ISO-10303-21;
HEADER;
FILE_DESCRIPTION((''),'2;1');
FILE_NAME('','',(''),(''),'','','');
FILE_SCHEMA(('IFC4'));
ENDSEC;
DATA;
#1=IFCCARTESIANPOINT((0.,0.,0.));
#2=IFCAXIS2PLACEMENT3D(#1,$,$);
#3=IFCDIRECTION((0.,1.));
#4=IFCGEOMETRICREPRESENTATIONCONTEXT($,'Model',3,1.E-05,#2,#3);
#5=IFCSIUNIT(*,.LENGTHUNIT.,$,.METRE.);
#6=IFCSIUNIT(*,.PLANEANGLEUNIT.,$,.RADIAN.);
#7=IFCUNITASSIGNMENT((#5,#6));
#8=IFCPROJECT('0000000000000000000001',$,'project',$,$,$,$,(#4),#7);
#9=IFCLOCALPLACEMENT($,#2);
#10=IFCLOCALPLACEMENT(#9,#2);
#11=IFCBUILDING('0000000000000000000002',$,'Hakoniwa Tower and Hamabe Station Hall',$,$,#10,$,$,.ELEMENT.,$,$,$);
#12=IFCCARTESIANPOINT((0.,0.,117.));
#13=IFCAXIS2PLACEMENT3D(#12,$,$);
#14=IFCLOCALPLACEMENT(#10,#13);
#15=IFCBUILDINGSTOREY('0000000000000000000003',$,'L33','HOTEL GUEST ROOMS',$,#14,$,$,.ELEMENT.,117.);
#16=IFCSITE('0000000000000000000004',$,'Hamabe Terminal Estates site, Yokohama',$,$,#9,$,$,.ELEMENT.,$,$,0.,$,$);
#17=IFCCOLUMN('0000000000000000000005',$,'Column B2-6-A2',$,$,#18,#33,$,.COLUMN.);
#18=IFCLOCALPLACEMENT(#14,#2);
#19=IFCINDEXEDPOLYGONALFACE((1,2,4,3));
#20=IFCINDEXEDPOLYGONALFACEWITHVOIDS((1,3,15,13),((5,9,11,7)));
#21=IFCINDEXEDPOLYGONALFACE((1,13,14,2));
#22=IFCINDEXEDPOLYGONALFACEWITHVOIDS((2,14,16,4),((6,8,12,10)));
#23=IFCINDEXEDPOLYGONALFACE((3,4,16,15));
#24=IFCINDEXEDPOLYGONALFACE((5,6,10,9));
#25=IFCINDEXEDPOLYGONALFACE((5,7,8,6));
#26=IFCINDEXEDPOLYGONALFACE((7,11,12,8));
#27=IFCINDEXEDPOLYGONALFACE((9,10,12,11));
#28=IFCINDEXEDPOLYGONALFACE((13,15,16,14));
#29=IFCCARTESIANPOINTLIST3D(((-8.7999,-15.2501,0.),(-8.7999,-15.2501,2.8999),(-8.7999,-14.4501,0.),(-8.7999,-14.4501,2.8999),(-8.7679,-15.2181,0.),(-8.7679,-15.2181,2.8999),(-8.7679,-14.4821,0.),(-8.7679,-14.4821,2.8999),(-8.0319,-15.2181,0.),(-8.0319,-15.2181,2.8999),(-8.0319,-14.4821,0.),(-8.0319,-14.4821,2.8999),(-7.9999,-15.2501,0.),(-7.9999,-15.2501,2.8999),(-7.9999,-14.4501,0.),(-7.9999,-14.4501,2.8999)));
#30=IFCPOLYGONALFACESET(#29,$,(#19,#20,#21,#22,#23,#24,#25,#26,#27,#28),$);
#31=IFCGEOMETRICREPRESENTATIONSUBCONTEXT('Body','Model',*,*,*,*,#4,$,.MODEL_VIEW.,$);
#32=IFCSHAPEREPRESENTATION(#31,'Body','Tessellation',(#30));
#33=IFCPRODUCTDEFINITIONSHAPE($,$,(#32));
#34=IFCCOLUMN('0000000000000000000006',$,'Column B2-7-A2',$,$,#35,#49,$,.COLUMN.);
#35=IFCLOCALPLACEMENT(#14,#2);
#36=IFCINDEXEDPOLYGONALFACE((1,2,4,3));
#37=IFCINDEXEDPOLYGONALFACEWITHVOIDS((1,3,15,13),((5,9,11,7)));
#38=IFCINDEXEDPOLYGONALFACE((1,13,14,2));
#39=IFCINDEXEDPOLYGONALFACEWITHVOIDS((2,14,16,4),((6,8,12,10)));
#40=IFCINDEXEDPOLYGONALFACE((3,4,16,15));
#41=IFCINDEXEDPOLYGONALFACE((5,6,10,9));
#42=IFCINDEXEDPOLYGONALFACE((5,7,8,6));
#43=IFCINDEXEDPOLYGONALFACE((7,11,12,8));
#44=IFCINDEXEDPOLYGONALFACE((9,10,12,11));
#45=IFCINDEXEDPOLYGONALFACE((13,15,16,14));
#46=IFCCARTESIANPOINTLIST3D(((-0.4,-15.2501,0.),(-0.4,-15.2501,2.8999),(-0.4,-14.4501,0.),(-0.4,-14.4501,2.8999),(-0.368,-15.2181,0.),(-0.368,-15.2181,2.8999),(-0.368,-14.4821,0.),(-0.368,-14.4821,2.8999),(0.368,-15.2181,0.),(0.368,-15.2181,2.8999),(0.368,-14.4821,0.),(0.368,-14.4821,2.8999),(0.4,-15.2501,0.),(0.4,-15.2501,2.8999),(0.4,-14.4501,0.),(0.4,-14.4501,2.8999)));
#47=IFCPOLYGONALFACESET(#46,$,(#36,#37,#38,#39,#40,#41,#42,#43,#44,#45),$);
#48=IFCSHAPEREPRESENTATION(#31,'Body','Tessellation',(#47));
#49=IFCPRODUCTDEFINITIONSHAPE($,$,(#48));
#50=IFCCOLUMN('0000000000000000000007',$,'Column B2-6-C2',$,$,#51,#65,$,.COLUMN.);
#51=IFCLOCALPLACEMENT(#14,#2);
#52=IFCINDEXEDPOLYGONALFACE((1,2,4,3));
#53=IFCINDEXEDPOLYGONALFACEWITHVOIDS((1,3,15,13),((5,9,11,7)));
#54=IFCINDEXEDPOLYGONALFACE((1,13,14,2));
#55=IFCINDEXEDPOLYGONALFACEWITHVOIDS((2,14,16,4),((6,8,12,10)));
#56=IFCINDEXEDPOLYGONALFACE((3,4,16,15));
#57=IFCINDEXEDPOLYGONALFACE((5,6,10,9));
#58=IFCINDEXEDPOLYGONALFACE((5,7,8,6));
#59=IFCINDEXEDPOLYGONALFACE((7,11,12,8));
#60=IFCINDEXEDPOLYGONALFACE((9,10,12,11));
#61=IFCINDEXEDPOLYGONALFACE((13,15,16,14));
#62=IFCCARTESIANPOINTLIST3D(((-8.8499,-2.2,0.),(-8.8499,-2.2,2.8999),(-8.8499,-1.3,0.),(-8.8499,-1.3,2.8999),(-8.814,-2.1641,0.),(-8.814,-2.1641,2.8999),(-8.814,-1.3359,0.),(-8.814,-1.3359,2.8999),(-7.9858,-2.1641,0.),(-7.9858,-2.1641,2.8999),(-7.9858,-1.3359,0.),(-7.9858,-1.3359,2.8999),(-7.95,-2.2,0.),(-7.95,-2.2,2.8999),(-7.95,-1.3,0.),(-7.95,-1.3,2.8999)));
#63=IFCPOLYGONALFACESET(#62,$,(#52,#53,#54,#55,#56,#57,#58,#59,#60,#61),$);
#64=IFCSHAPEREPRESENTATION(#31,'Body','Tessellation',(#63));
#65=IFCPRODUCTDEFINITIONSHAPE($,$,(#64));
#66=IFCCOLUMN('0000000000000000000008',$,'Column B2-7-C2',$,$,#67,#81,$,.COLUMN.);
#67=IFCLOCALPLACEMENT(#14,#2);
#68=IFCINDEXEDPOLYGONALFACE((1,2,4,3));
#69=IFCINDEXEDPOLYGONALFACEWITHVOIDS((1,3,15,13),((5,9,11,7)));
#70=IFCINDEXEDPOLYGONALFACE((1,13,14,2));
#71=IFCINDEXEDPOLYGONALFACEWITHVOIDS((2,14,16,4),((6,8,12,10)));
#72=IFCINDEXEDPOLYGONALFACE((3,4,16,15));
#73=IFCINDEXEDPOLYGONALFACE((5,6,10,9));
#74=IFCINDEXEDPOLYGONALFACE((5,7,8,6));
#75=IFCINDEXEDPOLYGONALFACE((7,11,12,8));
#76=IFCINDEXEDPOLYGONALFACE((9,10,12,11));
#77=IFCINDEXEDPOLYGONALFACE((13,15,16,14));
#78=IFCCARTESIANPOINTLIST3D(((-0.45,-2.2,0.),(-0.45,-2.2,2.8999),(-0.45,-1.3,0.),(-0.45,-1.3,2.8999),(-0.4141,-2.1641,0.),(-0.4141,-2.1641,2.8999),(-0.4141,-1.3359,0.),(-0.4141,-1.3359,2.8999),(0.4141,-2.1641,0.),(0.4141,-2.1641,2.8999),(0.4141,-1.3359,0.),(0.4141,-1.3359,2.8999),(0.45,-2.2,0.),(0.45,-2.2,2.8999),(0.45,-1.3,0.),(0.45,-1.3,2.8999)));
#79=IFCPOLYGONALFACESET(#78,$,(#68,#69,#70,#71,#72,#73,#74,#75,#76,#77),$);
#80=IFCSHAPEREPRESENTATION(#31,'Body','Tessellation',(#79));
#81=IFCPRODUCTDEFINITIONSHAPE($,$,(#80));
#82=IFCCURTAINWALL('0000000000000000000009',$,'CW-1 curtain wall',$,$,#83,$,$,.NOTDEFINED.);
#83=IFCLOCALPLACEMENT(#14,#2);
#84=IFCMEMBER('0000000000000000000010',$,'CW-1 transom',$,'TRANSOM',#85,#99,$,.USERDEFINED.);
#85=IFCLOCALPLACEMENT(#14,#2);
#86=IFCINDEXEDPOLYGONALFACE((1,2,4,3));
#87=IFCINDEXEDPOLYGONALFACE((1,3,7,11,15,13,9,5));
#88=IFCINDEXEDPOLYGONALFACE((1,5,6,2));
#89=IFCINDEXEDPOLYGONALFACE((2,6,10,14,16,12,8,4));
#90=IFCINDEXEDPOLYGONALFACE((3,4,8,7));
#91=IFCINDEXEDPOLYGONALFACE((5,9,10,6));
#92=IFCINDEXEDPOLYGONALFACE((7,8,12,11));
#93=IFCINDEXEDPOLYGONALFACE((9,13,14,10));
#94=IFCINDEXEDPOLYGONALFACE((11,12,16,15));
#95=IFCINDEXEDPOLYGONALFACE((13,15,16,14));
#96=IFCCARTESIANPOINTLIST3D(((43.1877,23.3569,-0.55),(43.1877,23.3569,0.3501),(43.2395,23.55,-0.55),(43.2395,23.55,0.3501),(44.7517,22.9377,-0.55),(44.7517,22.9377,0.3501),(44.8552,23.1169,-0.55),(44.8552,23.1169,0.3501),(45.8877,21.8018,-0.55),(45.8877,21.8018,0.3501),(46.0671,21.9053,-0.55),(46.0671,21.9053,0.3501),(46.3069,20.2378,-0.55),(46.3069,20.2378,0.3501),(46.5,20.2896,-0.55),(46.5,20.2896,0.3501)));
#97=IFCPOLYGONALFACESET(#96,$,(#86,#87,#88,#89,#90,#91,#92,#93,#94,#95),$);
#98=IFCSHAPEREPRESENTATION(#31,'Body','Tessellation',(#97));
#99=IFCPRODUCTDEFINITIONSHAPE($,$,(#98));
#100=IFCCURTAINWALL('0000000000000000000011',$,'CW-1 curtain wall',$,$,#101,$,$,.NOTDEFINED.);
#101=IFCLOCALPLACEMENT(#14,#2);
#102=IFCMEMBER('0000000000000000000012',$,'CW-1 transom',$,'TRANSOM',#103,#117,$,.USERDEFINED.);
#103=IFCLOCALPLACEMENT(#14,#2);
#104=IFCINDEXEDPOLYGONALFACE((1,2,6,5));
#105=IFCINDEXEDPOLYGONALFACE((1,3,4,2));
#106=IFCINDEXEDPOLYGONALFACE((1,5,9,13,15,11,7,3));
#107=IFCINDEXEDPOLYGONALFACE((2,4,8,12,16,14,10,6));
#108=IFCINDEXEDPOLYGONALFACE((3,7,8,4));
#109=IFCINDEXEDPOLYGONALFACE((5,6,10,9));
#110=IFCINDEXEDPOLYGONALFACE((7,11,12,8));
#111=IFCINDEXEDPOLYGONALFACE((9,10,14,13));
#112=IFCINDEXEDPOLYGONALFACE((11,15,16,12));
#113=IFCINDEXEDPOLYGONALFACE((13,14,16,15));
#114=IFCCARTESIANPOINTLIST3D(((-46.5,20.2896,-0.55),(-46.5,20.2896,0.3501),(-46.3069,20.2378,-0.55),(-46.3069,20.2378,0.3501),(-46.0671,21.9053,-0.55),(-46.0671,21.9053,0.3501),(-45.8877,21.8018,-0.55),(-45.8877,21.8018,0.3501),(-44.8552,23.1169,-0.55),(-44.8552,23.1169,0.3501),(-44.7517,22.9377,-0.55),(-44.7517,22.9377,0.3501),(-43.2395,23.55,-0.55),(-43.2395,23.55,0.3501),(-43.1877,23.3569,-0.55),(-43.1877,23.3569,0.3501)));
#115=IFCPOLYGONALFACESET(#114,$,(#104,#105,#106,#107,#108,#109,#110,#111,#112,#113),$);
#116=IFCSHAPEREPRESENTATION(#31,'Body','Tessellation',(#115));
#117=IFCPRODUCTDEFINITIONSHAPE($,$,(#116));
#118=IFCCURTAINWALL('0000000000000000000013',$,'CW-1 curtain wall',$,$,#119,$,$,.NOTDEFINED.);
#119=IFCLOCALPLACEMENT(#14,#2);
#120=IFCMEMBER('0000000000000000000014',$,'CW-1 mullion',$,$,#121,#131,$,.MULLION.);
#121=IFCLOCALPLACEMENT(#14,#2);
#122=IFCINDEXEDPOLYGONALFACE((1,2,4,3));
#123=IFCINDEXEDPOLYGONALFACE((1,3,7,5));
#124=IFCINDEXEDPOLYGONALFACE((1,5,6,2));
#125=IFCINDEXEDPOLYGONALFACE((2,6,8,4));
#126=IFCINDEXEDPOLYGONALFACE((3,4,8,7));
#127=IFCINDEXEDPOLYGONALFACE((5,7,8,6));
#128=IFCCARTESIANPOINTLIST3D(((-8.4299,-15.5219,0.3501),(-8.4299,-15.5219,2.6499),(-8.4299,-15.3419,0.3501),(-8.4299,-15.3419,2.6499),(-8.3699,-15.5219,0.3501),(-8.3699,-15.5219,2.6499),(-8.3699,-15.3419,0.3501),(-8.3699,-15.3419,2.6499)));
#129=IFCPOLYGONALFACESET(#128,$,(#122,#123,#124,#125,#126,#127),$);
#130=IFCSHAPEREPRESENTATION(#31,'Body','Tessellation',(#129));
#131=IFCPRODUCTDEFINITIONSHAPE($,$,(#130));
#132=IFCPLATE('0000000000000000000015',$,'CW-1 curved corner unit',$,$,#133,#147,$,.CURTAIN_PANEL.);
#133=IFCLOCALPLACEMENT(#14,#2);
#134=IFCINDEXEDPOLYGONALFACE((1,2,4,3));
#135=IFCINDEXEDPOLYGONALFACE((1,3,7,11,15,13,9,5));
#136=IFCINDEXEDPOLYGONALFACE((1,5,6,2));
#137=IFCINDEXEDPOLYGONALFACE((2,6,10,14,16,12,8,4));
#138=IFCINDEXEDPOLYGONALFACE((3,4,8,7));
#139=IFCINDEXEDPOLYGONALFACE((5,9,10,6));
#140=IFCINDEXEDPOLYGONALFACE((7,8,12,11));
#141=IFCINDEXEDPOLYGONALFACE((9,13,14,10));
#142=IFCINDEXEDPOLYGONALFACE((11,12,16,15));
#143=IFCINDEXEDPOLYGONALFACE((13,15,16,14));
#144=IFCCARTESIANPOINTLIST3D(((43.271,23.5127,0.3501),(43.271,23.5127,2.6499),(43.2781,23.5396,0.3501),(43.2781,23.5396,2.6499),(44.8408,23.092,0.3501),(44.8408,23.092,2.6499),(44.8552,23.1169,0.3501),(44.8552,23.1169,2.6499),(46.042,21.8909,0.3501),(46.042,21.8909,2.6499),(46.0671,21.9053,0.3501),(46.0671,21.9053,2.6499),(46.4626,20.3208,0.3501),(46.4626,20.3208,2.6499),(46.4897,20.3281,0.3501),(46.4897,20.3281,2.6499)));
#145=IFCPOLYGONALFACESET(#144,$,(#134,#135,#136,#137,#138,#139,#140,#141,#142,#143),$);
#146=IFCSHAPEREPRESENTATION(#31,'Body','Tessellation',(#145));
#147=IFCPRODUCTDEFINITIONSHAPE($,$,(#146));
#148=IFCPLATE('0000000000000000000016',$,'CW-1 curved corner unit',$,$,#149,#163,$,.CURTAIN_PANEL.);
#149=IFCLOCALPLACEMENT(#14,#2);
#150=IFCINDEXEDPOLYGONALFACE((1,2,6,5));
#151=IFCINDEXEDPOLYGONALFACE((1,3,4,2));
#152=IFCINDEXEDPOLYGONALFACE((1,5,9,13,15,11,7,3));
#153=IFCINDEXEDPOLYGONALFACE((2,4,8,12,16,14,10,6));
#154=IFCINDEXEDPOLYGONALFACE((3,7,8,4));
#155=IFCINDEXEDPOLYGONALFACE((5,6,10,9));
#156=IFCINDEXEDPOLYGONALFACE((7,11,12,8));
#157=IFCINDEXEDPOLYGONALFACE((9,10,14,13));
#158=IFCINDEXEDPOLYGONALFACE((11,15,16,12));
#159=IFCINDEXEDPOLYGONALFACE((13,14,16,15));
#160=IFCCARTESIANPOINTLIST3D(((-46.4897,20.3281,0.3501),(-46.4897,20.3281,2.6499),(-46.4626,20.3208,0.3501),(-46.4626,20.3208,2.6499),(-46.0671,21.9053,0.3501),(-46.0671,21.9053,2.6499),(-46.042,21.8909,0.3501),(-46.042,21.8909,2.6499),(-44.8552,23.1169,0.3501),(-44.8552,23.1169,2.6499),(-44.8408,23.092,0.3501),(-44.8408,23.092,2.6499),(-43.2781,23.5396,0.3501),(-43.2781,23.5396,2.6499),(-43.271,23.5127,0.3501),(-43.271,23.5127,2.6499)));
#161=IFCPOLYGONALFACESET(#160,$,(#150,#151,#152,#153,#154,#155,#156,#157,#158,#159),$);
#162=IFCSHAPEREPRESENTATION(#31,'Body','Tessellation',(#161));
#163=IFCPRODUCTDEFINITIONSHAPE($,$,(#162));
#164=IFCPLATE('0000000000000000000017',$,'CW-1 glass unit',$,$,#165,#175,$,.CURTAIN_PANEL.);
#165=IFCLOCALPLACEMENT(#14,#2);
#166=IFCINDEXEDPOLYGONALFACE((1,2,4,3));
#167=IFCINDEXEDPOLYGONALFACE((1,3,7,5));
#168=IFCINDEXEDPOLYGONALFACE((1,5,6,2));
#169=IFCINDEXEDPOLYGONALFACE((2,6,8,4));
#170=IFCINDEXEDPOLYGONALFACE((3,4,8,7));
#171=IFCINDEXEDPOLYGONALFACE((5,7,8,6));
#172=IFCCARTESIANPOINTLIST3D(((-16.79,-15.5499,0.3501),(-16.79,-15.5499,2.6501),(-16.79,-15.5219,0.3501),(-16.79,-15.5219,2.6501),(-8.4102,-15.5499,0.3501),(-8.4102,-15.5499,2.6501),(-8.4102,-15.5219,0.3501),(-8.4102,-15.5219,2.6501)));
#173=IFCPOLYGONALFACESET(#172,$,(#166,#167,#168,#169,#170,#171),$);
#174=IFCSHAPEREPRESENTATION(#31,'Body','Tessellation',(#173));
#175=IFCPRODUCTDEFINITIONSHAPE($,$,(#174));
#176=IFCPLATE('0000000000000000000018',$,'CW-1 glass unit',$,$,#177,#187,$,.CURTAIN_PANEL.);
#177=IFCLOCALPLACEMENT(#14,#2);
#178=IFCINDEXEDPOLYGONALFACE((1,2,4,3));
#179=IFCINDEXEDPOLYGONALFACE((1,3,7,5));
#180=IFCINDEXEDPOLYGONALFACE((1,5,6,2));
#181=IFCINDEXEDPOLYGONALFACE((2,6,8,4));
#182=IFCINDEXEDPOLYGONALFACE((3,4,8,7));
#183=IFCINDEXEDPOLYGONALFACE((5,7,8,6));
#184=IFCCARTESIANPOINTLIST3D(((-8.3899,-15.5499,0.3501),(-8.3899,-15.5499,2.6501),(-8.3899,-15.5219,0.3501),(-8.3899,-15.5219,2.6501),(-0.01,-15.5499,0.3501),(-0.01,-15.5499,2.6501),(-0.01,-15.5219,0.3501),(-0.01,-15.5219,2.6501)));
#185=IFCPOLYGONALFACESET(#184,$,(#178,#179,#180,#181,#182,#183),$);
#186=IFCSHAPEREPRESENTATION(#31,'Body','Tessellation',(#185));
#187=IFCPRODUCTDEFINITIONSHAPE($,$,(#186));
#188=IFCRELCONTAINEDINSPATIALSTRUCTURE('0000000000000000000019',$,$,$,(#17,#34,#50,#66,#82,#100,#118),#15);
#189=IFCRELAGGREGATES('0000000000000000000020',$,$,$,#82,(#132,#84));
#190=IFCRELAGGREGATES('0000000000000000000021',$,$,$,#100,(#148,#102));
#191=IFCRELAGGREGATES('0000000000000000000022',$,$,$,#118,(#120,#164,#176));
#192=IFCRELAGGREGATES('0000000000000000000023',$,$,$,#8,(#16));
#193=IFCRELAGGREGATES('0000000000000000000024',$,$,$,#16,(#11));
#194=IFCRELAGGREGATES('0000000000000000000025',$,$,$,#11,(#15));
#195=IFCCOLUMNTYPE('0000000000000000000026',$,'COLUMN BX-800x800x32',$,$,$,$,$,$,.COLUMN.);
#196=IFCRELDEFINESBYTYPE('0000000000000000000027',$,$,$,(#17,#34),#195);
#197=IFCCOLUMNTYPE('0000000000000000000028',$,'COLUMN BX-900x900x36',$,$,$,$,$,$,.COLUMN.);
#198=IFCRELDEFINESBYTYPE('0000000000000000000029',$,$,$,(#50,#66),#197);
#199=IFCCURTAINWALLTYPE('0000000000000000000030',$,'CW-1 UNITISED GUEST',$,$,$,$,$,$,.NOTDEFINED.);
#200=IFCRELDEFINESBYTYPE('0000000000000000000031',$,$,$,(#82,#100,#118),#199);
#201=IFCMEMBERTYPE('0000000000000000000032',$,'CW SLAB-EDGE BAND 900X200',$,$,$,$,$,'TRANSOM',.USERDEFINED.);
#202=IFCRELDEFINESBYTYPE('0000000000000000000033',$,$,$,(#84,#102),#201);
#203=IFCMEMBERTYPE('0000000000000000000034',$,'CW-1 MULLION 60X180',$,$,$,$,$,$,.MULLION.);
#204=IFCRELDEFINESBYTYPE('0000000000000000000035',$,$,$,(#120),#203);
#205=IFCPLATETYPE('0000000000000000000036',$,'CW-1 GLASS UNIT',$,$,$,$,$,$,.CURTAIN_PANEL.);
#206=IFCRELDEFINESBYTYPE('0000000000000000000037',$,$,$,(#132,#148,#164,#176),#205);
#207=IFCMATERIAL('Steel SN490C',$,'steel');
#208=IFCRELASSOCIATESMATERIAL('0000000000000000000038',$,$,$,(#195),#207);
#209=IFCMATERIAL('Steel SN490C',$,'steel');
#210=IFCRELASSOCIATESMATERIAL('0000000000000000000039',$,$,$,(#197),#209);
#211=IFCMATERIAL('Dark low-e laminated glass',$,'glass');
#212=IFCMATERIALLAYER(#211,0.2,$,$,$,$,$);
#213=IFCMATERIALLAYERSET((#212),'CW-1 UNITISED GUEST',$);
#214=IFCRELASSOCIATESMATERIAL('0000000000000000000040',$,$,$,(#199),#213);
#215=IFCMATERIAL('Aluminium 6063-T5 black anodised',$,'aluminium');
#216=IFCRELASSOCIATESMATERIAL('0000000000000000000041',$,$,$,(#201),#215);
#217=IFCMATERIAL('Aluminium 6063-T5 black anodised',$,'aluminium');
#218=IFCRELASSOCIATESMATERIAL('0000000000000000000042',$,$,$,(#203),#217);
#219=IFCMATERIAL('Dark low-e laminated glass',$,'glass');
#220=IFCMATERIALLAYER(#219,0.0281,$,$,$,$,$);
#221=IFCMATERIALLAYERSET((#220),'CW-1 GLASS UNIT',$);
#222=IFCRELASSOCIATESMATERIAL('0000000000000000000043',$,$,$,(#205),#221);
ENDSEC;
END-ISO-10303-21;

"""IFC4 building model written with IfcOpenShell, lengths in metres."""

from ifc_helpers import new_model, si_unit, direction, frame, origin, origin_2d, place, context, subcontext, project, spatial, polyline, rectangle, hollow_rectangle, outline, extrude, material, layer, layer_set, material_profile, profile_set, type_object, element, aggregate, save


model = new_model("IFC4")

# Units and contexts
model_context = context("Model", 3, precision=1e-05, world=origin(), true_north=direction((0.0, 1.0)))
body_context = subcontext(model_context, "Body", "Model", "MODEL_VIEW")
ifc_project = project(units=[si_unit("LENGTHUNIT", "METRE"), si_unit("PLANEANGLEUNIT", "RADIAN")], contexts=[model_context])

# Site, building, storey
site_placement = place(None, origin())
site = spatial("IfcSite", under=ifc_project, at=site_placement, Name="Hamabe Terminal Estates site, Yokohama", CompositionType="ELEMENT", RefElevation=0.0)
building_placement = place(site_placement, origin())
building = spatial("IfcBuilding", under=site, at=building_placement, Name="Hakoniwa Tower and Hamabe Station Hall", CompositionType="ELEMENT")
storey_placement = place(building_placement, frame((0.0, 0.0, 117.0)))
storey = spatial("IfcBuildingStorey", under=building, at=storey_placement, Name="L33", Description="HOTEL GUEST ROOMS", CompositionType="ELEMENT", Elevation=117.0)

# Columns
ifc_material_1 = material(Name="Steel SN490C", Category="steel")
ifc_material_profile_1 = material_profile(ifc_material_1, hollow_rectangle(XDim=0.8, YDim=0.8, WallThickness=0.032, at=origin_2d()), Name="BX-800x800x32")
ifc_profile_set_1 = profile_set([ifc_material_profile_1], Name="Steel SN490C")
column_type_1 = type_object("IfcColumnType", Name="COLUMN BX-800x800x32", PredefinedType="COLUMN", material=ifc_profile_set_1)
for number, where, z_axis, x_axis, name in (
    (1, (-8.3999, -14.8501, 0.0), (0.0, 0.0, 1.0), (1.0, 0.0, 0.0), "Column B2-6-A2"),
    (2, (0.0, -14.8501, 0.0), (0.0, 0.0, 1.0), (1.0, 0.0, 0.0), "Column B2-7-A2"),
):
    element("IfcColumn", number, at=place(storey_placement, frame(where, z_axis=z_axis, x_axis=x_axis)), inside=storey, type_object=column_type_1, Name=name, PredefinedType="COLUMN", context=body_context, shape_type="SweptSolid", body=[
        extrude(hollow_rectangle(XDim=0.8, YDim=0.8, WallThickness=0.032, at=origin_2d()), origin(), (0.0, 0.0, 1.0), 2.8999),
    ])
ifc_material_2 = material(Name="Steel SN490C", Category="steel")
ifc_material_profile_2 = material_profile(ifc_material_2, hollow_rectangle(XDim=0.8999, YDim=0.8999, WallThickness=0.0359, at=origin_2d()), Name="BX-900x900x36")
ifc_profile_set_2 = profile_set([ifc_material_profile_2], Name="Steel SN490C")
column_type_2 = type_object("IfcColumnType", Name="COLUMN BX-900x900x36", PredefinedType="COLUMN", material=ifc_profile_set_2)
for number, where, z_axis, x_axis, name in (
    (3, (-8.3999, -1.75, 0.0), (0.0, 0.0, 1.0), (1.0, 0.0, 0.0), "Column B2-6-C2"),
    (4, (0.0, -1.75, 0.0), (0.0, 0.0, 1.0), (1.0, 0.0, 0.0), "Column B2-7-C2"),
):
    element("IfcColumn", number, at=place(storey_placement, frame(where, z_axis=z_axis, x_axis=x_axis)), inside=storey, type_object=column_type_2, Name=name, PredefinedType="COLUMN", context=body_context, shape_type="SweptSolid", body=[
        extrude(hollow_rectangle(XDim=0.8999, YDim=0.8999, WallThickness=0.0359, at=origin_2d()), origin(), (0.0, 0.0, 1.0), 2.8999),
    ])

# Curtain walls, members
ifc_material_3 = material(Name="Dark low-e laminated glass", Category="glass")
ifc_layer_1 = layer(ifc_material_3, 0.2)
ifc_layer_set_1 = layer_set([ifc_layer_1], Name="CW-1 UNITISED GUEST")
curtain_wall_type = type_object("IfcCurtainWallType", Name="CW-1 UNITISED GUEST", PredefinedType="NOTDEFINED", material=ifc_layer_set_1)
curtain_wall_1_placement = place(storey_placement, origin())
curtain_wall_1 = element("IfcCurtainWall", 5, at=curtain_wall_1_placement, inside=storey, type_object=curtain_wall_type, Name="CW-1 curtain wall", PredefinedType="NOTDEFINED")
ifc_material_4 = material(Name="Aluminium 6063-T5 black anodised", Category="aluminium")
ifc_material_profile_3 = material_profile(ifc_material_4, rectangle(XDim=0.2, YDim=0.8999, at=origin_2d()), Name="CW SLAB-EDGE BAND 900X200")
ifc_profile_set_3 = profile_set([ifc_material_profile_3], Name="Aluminium 6063-T5 black anodised")
member_type_1 = type_object("IfcMemberType", Name="CW SLAB-EDGE BAND 900X200", ElementType="TRANSOM", PredefinedType="USERDEFINED", material=ifc_profile_set_3)
member_1_placement = place(storey_placement, frame((0.0, 0.0, -0.55)))
member_1 = element("IfcMember", 6, at=member_1_placement, type_object=member_type_1, Name="CW-1 transom", ObjectType="TRANSOM", PredefinedType="USERDEFINED", context=body_context, shape_type="SweptSolid", body=[
    extrude(outline(polyline([(46.5, 20.2896), (46.0671, 21.9053), (44.8552, 23.1169), (43.2395, 23.55), (43.1877, 23.3569), (44.7517, 22.9377), (45.8877, 21.8018), (46.3069, 20.2378), (46.5, 20.2896)])), origin(), (0.0, 0.0, 1.0), 0.9001),
])
curtain_wall_2_placement = place(storey_placement, origin())
curtain_wall_2 = element("IfcCurtainWall", 7, at=curtain_wall_2_placement, inside=storey, type_object=curtain_wall_type, Name="CW-1 curtain wall", PredefinedType="NOTDEFINED")
member_2_placement = place(storey_placement, frame((0.0, 0.0, -0.55)))
member_2 = element("IfcMember", 8, at=member_2_placement, type_object=member_type_1, Name="CW-1 transom", ObjectType="TRANSOM", PredefinedType="USERDEFINED", context=body_context, shape_type="SweptSolid", body=[
    extrude(outline(polyline([(-43.2395, 23.55), (-44.8552, 23.1169), (-46.0671, 21.9053), (-46.5, 20.2896), (-46.3069, 20.2378), (-45.8877, 21.8018), (-44.7517, 22.9377), (-43.1877, 23.3569), (-43.2395, 23.55)])), origin(), (0.0, 0.0, 1.0), 0.9001),
])
curtain_wall_3_placement = place(storey_placement, origin())
curtain_wall_3 = element("IfcCurtainWall", 9, at=curtain_wall_3_placement, inside=storey, type_object=curtain_wall_type, Name="CW-1 curtain wall", PredefinedType="NOTDEFINED")
ifc_material_5 = material(Name="Aluminium 6063-T5 black anodised", Category="aluminium")
ifc_material_profile_4 = material_profile(ifc_material_5, rectangle(XDim=0.0601, YDim=0.1799, at=origin_2d()), Name="CW-1 MULLION 60X180")
ifc_profile_set_4 = profile_set([ifc_material_profile_4], Name="Aluminium 6063-T5 black anodised")
member_type_2 = type_object("IfcMemberType", Name="CW-1 MULLION 60X180", PredefinedType="MULLION", material=ifc_profile_set_4)
member_3_placement = place(storey_placement, frame((-8.3999, -15.4319, 0.3501), z_axis=(0.0, 0.0, 1.0), x_axis=(1.0, 0.0, 0.0)))
member_3 = element("IfcMember", 10, at=member_3_placement, type_object=member_type_2, Name="CW-1 mullion", PredefinedType="MULLION", context=body_context, shape_type="SweptSolid", body=[
    extrude(rectangle(XDim=0.0601, YDim=0.1799, at=origin_2d()), origin(), (0.0, 0.0, 1.0), 2.2998),
])

# Plates
ifc_material_6 = material(Name="Dark low-e laminated glass", Category="glass")
ifc_layer_2 = layer(ifc_material_6, 0.0281)
ifc_layer_set_2 = layer_set([ifc_layer_2], Name="CW-1 GLASS UNIT")
plate_type = type_object("IfcPlateType", Name="CW-1 GLASS UNIT", PredefinedType="CURTAIN_PANEL", material=ifc_layer_set_2)
plate_1_placement = place(storey_placement, frame((0.0, 0.0, 0.3501)))
plate_1 = element("IfcPlate", 11, at=plate_1_placement, type_object=plate_type, Name="CW-1 curved corner unit", PredefinedType="CURTAIN_PANEL", context=body_context, shape_type="SweptSolid", body=[
    extrude(outline(polyline([(46.4897, 20.3281), (46.0671, 21.9053), (44.8552, 23.1169), (43.2781, 23.5396), (43.271, 23.5127), (44.8408, 23.092), (46.042, 21.8909), (46.4626, 20.3208), (46.4897, 20.3281)])), origin(), (0.0, 0.0, 1.0), 2.2998),
])
aggregate(curtain_wall_1, [plate_1, member_1])
plate_2_placement = place(storey_placement, frame((0.0, 0.0, 0.3501)))
plate_2 = element("IfcPlate", 12, at=plate_2_placement, type_object=plate_type, Name="CW-1 curved corner unit", PredefinedType="CURTAIN_PANEL", context=body_context, shape_type="SweptSolid", body=[
    extrude(outline(polyline([(-43.2781, 23.5396), (-44.8552, 23.1169), (-46.0671, 21.9053), (-46.4897, 20.3281), (-46.4626, 20.3208), (-46.042, 21.8909), (-44.8408, 23.092), (-43.271, 23.5127), (-43.2781, 23.5396)])), origin(), (0.0, 0.0, 1.0), 2.2998),
])
aggregate(curtain_wall_2, [plate_2, member_2])
plate_3_placement = place(storey_placement, frame((-12.6001, -15.5359, 0.3501), z_axis=(0.0, 0.0, 1.0), x_axis=(1.0, 0.0, 0.0)))
plate_3 = element("IfcPlate", 13, at=plate_3_placement, type_object=plate_type, Name="CW-1 glass unit", PredefinedType="CURTAIN_PANEL", context=body_context, shape_type="SweptSolid", body=[
    extrude(rectangle(XDim=8.3799, YDim=0.0281, at=origin_2d()), origin(), (0.0, 0.0, 1.0), 2.3),
])
plate_4_placement = place(storey_placement, frame((-4.2, -15.5359, 0.3501), z_axis=(0.0, 0.0, 1.0), x_axis=(1.0, 0.0, 0.0)))
plate_4 = element("IfcPlate", 14, at=plate_4_placement, type_object=plate_type, Name="CW-1 glass unit", PredefinedType="CURTAIN_PANEL", context=body_context, shape_type="SweptSolid", body=[
    extrude(rectangle(XDim=8.3799, YDim=0.0281, at=origin_2d()), origin(), (0.0, 0.0, 1.0), 2.3),
])
aggregate(curtain_wall_3, [member_3, plate_3, plate_4])

save(model, "model.ifc")
